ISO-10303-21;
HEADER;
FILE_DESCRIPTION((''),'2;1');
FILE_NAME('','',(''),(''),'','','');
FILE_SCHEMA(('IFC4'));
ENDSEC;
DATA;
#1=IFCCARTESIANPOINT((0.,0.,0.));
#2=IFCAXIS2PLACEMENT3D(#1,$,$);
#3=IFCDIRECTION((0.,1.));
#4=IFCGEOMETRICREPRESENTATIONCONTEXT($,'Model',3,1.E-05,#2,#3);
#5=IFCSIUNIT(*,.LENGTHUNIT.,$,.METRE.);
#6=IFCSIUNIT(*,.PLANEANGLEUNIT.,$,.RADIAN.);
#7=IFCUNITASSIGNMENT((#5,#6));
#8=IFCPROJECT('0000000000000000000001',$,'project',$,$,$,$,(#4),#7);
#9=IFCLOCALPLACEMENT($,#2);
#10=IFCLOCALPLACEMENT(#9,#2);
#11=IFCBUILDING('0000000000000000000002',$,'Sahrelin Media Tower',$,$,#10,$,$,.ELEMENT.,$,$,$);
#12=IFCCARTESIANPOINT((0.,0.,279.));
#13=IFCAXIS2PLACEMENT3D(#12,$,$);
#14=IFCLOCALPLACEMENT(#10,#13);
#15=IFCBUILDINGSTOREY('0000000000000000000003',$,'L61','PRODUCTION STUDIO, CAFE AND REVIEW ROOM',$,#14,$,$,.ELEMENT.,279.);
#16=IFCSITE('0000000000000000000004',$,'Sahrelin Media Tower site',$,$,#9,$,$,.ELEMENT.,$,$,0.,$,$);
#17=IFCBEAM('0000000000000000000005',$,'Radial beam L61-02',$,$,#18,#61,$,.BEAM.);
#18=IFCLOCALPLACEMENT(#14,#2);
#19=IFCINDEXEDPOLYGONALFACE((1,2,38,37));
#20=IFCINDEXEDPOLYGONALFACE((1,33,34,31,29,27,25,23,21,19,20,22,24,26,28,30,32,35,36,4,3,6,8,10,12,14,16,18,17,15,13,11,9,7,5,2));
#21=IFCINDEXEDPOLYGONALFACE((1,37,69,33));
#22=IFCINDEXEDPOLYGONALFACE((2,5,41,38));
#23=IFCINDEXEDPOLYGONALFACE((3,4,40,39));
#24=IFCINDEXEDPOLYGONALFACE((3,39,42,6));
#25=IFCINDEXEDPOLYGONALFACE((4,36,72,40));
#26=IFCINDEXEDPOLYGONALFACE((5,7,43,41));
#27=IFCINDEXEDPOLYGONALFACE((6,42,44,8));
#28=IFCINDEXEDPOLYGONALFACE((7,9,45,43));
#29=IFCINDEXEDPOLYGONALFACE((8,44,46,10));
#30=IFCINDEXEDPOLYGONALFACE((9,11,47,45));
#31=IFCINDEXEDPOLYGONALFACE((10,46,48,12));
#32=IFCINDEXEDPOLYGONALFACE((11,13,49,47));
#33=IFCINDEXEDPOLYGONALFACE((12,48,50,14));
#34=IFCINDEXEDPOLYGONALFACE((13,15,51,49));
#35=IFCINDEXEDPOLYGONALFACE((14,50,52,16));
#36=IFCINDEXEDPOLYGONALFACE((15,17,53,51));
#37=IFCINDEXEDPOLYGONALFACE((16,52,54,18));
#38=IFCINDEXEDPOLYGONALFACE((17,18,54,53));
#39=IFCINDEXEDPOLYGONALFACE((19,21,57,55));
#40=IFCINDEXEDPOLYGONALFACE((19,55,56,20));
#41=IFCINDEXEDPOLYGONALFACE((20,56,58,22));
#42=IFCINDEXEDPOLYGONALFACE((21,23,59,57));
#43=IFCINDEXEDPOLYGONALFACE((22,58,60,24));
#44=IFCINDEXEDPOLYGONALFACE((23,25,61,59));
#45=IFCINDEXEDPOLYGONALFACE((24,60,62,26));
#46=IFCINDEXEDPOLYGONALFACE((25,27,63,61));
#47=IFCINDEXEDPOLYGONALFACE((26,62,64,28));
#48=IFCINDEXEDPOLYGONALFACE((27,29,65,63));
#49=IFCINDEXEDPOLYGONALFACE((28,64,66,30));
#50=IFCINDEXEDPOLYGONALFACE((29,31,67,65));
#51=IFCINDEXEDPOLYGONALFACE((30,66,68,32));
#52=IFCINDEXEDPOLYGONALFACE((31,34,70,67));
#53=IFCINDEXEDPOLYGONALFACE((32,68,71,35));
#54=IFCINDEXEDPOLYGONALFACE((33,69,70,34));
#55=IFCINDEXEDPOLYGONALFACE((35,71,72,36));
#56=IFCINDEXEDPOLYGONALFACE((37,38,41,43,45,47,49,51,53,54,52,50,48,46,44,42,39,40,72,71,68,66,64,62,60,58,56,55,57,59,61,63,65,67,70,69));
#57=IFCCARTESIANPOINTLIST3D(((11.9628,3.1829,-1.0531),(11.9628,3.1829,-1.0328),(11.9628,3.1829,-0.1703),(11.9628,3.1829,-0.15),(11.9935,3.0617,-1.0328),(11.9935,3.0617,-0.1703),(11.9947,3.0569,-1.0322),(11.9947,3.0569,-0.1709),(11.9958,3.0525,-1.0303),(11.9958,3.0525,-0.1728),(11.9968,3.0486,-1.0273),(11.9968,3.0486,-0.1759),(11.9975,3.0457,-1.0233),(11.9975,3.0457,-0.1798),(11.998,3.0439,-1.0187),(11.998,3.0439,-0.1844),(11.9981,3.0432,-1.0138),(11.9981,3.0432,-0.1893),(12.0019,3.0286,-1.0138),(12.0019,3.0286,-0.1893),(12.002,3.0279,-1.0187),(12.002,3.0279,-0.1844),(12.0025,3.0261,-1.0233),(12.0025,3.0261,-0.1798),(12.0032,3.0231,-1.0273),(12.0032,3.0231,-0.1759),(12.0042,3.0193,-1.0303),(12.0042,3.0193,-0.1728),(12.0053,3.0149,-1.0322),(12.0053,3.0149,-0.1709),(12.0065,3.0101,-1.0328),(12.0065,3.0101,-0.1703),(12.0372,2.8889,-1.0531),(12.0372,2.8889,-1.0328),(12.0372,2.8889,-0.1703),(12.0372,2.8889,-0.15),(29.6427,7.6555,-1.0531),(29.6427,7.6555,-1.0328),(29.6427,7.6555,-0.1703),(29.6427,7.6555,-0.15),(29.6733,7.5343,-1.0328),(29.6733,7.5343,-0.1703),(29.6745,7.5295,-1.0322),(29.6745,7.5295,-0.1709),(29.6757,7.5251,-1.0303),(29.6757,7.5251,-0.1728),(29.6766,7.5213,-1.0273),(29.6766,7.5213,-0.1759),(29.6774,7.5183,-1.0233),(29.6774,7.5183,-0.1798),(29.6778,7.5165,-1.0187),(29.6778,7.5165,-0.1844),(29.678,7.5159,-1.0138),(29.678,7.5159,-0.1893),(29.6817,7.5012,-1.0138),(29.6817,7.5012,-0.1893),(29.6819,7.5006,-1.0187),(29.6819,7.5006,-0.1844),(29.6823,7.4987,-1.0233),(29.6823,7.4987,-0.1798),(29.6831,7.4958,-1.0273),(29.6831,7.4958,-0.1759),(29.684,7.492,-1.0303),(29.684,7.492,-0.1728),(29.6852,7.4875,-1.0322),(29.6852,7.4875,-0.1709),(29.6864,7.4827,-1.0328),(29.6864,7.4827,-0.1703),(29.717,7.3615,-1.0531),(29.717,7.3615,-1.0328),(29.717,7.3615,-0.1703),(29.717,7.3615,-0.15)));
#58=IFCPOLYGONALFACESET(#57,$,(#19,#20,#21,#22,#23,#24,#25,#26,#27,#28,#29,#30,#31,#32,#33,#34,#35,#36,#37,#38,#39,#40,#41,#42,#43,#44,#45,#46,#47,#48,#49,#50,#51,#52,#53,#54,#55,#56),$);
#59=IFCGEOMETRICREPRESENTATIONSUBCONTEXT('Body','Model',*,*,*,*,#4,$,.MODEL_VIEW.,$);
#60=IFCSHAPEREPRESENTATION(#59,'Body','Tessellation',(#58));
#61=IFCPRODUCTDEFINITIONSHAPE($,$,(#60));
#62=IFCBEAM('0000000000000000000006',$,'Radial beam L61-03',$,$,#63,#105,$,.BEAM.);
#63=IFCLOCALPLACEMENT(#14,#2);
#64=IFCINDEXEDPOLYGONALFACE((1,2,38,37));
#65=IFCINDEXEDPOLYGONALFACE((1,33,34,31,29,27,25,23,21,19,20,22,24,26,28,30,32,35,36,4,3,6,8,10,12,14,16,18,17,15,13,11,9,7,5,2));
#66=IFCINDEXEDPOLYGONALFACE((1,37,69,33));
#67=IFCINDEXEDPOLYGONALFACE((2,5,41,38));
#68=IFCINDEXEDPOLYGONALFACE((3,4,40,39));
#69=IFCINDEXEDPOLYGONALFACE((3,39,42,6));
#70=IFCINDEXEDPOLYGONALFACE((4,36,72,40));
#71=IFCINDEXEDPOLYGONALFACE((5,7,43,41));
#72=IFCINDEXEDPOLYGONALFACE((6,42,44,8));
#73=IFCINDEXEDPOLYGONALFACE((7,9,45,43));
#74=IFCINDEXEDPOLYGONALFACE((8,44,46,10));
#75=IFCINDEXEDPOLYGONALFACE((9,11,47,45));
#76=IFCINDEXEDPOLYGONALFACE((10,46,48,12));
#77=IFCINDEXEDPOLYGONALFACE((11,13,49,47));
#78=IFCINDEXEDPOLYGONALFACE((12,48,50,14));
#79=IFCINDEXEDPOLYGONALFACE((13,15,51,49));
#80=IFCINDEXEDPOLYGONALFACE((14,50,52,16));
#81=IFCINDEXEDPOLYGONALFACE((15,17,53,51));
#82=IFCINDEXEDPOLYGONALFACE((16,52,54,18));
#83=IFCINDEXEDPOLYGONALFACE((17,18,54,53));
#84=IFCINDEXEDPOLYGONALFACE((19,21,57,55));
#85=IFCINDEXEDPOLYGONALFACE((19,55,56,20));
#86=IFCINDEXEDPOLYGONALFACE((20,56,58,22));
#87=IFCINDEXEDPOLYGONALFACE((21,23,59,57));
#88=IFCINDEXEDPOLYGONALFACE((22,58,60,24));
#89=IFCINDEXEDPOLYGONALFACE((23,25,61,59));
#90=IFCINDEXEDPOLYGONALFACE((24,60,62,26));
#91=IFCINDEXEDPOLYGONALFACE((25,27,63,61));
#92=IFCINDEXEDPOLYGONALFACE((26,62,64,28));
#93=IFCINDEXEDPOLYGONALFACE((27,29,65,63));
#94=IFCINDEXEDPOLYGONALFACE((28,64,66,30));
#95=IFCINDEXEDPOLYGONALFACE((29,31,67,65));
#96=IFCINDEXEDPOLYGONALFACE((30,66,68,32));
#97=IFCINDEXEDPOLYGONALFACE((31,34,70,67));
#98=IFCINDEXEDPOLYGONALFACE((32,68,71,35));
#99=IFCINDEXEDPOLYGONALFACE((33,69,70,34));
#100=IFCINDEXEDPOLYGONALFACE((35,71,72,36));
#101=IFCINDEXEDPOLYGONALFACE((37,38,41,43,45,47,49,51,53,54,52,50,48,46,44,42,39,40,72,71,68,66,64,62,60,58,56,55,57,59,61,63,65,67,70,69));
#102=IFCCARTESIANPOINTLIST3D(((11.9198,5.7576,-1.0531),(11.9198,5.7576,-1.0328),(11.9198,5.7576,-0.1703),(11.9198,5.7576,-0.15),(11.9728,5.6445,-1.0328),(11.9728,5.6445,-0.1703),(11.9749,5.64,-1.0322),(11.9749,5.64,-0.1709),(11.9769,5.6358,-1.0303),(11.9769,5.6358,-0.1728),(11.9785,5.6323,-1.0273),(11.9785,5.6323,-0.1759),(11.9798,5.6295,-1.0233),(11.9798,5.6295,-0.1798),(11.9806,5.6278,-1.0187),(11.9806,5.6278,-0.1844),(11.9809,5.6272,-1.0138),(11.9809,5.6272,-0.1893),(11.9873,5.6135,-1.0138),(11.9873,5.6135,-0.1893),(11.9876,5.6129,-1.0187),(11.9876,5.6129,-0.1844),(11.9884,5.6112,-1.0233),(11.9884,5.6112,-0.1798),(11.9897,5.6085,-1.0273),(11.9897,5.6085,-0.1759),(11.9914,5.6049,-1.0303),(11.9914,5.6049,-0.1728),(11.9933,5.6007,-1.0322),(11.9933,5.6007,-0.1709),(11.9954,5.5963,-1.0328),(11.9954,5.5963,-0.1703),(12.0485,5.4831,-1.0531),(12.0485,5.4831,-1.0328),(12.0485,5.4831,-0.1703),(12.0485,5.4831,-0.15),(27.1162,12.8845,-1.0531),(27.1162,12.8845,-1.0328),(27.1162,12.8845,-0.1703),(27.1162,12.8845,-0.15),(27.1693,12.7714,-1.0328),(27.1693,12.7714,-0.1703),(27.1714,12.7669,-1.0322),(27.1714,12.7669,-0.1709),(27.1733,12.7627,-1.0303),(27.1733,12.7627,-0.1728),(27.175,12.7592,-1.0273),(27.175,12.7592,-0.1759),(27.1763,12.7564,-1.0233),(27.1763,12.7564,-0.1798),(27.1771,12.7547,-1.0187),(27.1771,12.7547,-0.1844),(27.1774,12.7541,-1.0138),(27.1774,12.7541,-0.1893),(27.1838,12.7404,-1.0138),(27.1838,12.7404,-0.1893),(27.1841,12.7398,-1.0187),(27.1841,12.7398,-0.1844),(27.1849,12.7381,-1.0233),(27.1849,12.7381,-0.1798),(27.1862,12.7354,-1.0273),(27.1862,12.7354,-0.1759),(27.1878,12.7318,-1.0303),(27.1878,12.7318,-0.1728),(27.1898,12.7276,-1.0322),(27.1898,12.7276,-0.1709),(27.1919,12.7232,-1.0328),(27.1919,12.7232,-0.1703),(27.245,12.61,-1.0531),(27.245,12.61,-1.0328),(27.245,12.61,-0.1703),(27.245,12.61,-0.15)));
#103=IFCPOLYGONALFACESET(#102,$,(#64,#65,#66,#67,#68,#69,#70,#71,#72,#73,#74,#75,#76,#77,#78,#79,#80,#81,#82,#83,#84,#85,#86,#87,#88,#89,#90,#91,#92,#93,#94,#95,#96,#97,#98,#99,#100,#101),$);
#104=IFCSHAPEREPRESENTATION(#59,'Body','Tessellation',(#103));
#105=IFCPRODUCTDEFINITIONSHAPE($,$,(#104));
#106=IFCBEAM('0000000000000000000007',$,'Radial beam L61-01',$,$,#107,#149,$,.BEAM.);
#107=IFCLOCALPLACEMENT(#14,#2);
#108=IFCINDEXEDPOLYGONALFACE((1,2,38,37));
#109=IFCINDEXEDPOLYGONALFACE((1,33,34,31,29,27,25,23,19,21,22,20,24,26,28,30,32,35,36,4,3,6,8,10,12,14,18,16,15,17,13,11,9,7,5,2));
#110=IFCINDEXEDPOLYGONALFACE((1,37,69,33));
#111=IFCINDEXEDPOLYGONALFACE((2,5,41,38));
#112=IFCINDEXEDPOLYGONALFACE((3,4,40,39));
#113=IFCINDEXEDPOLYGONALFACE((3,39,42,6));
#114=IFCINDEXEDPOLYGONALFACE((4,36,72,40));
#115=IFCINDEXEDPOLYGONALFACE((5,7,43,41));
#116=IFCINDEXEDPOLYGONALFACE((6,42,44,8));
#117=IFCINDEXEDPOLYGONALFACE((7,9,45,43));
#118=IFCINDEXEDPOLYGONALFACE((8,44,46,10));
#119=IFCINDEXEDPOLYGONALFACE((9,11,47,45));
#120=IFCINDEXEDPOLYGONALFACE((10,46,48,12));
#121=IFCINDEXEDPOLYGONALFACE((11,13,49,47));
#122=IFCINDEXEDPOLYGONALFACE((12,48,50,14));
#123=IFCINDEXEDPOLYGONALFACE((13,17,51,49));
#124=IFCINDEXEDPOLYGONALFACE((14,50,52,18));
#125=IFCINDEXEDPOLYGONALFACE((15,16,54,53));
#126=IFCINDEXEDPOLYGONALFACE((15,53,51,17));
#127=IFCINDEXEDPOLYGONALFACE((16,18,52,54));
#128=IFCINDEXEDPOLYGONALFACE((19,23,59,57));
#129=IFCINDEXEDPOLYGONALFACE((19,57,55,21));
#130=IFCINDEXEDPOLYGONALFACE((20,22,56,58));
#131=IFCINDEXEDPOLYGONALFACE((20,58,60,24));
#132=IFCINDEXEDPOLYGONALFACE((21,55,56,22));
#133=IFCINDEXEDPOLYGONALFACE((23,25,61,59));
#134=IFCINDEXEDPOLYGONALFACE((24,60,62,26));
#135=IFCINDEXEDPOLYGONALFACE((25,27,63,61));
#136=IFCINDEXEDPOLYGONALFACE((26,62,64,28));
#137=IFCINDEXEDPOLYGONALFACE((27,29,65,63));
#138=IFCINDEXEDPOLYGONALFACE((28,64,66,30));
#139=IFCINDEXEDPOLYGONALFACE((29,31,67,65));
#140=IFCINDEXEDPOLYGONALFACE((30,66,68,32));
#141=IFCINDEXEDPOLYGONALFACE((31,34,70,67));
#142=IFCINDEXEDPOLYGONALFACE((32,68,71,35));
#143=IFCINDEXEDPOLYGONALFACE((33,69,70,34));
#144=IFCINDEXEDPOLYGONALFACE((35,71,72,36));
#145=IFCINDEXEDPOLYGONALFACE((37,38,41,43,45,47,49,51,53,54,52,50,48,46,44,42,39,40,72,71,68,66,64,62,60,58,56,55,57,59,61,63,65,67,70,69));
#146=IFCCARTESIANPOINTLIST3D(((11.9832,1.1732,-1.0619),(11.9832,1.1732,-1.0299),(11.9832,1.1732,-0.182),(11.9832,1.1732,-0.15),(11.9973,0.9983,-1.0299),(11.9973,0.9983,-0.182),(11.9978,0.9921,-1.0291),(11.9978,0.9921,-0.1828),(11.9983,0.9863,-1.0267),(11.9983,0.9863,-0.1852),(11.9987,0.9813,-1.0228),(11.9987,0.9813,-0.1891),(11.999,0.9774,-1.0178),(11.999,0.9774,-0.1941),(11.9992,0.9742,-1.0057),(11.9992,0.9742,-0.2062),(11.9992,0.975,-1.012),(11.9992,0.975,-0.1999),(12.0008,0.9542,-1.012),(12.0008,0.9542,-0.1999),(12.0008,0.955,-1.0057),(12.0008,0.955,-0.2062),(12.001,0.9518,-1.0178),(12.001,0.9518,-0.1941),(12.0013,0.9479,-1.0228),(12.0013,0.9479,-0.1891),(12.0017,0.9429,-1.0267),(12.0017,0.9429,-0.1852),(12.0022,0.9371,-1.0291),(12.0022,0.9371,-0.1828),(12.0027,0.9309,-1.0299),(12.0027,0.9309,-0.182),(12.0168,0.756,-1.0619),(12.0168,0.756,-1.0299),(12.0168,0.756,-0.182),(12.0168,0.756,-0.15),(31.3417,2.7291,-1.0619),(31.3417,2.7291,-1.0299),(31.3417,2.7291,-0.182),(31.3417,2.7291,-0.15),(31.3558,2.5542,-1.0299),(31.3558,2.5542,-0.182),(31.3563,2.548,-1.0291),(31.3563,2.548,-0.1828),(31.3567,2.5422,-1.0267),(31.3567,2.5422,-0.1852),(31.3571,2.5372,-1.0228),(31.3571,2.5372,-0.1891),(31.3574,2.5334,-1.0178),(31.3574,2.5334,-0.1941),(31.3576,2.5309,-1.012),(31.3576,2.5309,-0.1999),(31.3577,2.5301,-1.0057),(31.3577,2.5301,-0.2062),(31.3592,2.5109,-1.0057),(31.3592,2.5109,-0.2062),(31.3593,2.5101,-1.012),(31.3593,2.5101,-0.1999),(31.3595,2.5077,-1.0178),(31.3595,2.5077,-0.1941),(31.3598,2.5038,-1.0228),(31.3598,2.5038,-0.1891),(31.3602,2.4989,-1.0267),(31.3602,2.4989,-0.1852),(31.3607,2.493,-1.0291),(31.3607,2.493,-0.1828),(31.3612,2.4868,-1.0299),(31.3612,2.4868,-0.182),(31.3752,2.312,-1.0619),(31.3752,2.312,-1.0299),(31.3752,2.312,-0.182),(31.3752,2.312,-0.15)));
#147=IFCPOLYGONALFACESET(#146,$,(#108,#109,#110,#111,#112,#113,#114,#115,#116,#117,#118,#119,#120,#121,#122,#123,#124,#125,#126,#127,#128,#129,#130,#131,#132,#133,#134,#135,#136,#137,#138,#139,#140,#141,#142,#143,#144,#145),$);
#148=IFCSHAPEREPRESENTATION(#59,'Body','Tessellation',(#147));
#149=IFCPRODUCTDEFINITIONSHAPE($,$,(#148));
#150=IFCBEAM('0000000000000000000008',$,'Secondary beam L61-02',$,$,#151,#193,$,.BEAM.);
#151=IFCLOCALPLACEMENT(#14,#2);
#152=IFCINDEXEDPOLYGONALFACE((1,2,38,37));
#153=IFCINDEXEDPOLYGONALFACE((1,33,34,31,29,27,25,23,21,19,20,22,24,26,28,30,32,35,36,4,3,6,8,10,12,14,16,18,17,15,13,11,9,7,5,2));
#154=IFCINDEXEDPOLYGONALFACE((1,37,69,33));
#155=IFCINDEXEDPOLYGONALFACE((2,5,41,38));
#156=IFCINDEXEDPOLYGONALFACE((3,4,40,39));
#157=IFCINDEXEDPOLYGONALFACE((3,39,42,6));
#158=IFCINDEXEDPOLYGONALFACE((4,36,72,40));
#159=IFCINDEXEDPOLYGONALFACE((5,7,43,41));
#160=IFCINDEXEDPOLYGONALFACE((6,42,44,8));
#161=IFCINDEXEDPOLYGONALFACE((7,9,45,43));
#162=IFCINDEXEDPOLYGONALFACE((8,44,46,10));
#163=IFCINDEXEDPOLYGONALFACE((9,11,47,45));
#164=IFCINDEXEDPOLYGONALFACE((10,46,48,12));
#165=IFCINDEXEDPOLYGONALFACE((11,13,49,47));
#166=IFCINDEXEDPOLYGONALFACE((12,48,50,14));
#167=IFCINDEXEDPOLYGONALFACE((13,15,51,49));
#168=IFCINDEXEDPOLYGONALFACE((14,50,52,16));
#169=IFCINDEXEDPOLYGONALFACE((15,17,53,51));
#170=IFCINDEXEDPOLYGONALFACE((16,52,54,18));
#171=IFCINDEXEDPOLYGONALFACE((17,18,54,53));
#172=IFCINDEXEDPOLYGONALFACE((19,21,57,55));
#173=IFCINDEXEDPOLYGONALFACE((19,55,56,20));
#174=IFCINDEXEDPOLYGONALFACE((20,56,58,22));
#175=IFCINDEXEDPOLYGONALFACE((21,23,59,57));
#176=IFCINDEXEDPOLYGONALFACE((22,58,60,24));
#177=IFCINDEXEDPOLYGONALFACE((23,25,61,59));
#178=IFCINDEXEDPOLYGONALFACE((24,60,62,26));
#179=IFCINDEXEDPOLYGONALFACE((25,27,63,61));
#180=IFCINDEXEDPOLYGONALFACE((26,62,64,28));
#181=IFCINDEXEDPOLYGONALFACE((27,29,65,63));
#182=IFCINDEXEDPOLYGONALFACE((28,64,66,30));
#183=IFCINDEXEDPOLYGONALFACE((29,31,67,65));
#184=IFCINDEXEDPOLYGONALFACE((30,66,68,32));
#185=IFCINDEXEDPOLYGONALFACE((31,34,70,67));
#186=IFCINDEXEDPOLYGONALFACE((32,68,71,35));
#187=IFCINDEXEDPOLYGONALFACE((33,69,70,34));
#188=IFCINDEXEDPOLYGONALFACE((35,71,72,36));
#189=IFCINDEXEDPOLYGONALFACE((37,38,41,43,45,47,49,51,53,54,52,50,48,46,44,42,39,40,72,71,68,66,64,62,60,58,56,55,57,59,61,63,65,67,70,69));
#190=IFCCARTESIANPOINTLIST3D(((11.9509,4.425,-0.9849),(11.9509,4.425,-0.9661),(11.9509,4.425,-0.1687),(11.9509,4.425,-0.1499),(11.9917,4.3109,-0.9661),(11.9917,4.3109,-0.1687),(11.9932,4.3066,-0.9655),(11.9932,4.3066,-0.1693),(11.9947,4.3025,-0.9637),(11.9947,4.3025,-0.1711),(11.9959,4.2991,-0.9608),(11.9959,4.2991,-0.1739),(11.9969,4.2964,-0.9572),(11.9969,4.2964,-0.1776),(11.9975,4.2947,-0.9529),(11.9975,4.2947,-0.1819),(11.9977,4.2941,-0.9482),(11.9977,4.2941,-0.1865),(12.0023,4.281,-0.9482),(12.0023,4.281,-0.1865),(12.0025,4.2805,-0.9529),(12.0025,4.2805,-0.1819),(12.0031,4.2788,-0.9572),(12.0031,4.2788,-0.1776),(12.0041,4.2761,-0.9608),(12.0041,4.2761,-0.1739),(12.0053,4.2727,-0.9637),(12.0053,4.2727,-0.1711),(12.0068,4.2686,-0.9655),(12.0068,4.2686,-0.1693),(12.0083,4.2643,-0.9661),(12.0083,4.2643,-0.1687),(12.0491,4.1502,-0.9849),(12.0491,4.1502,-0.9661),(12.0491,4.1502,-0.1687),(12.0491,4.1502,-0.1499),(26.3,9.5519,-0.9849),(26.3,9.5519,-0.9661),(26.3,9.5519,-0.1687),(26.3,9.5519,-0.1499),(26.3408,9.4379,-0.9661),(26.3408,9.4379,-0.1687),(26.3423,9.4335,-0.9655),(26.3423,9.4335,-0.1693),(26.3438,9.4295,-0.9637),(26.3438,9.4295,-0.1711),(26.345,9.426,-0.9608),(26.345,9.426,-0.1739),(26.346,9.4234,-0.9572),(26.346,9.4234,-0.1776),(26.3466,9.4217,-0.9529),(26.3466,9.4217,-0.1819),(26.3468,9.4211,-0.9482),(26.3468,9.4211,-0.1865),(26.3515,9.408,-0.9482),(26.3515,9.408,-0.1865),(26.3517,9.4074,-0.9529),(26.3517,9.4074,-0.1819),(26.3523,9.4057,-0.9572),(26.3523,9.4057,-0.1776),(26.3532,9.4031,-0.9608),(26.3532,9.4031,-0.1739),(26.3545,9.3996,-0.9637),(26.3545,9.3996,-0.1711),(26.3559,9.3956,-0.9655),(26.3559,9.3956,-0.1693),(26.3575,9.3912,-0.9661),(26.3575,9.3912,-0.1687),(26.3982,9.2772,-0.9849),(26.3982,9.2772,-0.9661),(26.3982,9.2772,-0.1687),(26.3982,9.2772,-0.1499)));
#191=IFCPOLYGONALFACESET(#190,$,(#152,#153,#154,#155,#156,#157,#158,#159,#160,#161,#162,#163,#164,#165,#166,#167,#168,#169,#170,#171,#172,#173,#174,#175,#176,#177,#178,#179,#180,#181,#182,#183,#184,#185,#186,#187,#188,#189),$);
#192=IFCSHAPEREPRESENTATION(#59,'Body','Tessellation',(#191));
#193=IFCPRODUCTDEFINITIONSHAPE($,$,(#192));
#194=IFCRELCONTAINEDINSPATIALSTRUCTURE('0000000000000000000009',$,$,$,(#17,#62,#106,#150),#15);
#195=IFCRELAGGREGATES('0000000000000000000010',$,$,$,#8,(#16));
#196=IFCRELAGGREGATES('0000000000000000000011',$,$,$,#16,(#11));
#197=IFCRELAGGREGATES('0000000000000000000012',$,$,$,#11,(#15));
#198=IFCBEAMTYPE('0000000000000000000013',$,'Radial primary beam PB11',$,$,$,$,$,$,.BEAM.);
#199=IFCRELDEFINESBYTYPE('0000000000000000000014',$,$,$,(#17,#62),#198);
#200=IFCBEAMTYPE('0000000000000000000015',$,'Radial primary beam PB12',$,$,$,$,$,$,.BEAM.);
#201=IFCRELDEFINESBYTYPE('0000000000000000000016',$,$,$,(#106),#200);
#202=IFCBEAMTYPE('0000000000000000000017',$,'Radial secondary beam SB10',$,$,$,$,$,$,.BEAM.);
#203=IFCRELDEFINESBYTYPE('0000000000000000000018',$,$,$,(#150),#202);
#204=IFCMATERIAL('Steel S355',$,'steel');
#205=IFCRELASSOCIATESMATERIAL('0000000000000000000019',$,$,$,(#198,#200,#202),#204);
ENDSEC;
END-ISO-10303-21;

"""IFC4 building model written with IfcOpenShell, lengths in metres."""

from ifc_helpers import new_model, si_unit, direction, frame, origin, origin_2d, place, context, subcontext, project, spatial, i_section, extrude, material, material_profile, profile_set, type_object, element, save


model = new_model("IFC4")

# Units and contexts
model_context = context("Model", 3, precision=1e-05, world=origin(), true_north=direction((0.0, 1.0)))
body_context = subcontext(model_context, "Body", "Model", "MODEL_VIEW")
ifc_project = project(units=[si_unit("LENGTHUNIT", "METRE"), si_unit("PLANEANGLEUNIT", "RADIAN")], contexts=[model_context])

# Site, building, storey
site_placement = place(None, origin())
site = spatial("IfcSite", under=ifc_project, at=site_placement, Name="Sahrelin Media Tower site", CompositionType="ELEMENT", RefElevation=0.0)
building_placement = place(site_placement, origin())
building = spatial("IfcBuilding", under=site, at=building_placement, Name="Sahrelin Media Tower", CompositionType="ELEMENT")
storey_placement = place(building_placement, frame((0.0, 0.0, 279.0)))
storey = spatial("IfcBuildingStorey", under=building, at=storey_placement, Name="L61", Description="PRODUCTION STUDIO, CAFE AND REVIEW ROOM", CompositionType="ELEMENT", Elevation=279.0)

# Beams
ifc_material_1 = material(Name="Steel S355", Category="steel")
ifc_material_profile_1 = material_profile(ifc_material_1, i_section(OverallWidth=0.3032, OverallDepth=0.9031, WebThickness=0.0151, FlangeThickness=0.0203, FilletRadius=0.019, at=origin_2d()), Name="UB 914x305x201")
ifc_profile_set_1 = profile_set([ifc_material_profile_1], Name="Steel S355")
beam_type_1 = type_object("IfcBeamType", Name="Radial primary beam PB11", PredefinedType="BEAM", material=ifc_profile_set_1)
beam_1_placement = place(storey_placement, frame((12.0, 3.0359, -0.6016), z_axis=(0.969459, 0.245253, 0.0), x_axis=(-0.245253, 0.969459, 0.0)))
element("IfcBeam", 1, at=beam_1_placement, inside=storey, type_object=beam_type_1, Name="Radial beam L61-02", PredefinedType="BEAM", context=body_context, shape_type="SweptSolid", body=[
    extrude(i_section(OverallWidth=0.3032, OverallDepth=0.9031, WebThickness=0.0151, FlangeThickness=0.0203, FilletRadius=0.019, at=origin_2d()), origin(), (0.0, 0.0, 1.0), 18.2368),
])
beam_2_placement = place(storey_placement, frame((11.9841, 5.6204, -0.6016), z_axis=(0.905377, 0.424609, 0.0), x_axis=(-0.424609, 0.905377, 0.0)))
element("IfcBeam", 2, at=beam_2_placement, inside=storey, type_object=beam_type_1, Name="Radial beam L61-03", PredefinedType="BEAM", context=body_context, shape_type="SweptSolid", body=[
    extrude(i_section(OverallWidth=0.3032, OverallDepth=0.9031, WebThickness=0.0151, FlangeThickness=0.0203, FilletRadius=0.019, at=origin_2d()), origin(), (0.0, 0.0, 1.0), 16.7847),
])
ifc_material_profile_2 = material_profile(ifc_material_1, i_section(OverallWidth=0.4185, OverallDepth=0.9119, WebThickness=0.0193, FlangeThickness=0.032, FilletRadius=0.0242, at=origin_2d()), Name="UB 914x419x343")
ifc_profile_set_2 = profile_set([ifc_material_profile_2], Name="Steel S355")
beam_type_2 = type_object("IfcBeamType", Name="Radial primary beam PB12", PredefinedType="BEAM", material=ifc_profile_set_2)
beam_3_placement = place(storey_placement, frame((12.0, 0.9646, -0.606), z_axis=(0.996786, 0.080115, 0.0), x_axis=(-0.080115, 0.996786, 0.0)))
element("IfcBeam", 3, at=beam_3_placement, inside=storey, type_object=beam_type_2, Name="Radial beam L61-01", PredefinedType="BEAM", context=body_context, shape_type="SweptSolid", body=[
    extrude(i_section(OverallWidth=0.4185, OverallDepth=0.9119, WebThickness=0.0193, FlangeThickness=0.032, FilletRadius=0.0242, at=origin_2d()), origin(), (0.0, 0.0, 1.0), 19.4209),
])
ifc_material_profile_3 = material_profile(ifc_material_1, i_section(OverallWidth=0.2917, OverallDepth=0.835, WebThickness=0.0139, FlangeThickness=0.0188, FilletRadius=0.0178, at=origin_2d()), Name="UB 838x292x176")
ifc_profile_set_3 = profile_set([ifc_material_profile_3], Name="Steel S355")
beam_type_3 = type_object("IfcBeamType", Name="Radial secondary beam SB10", PredefinedType="BEAM", material=ifc_profile_set_3)
beam_4_placement = place(storey_placement, frame((12.0, 4.2876, -0.5674), z_axis=(0.941695, 0.336468, 0.0), x_axis=(-0.336468, 0.941695, 0.0)))
element("IfcBeam", 4, at=beam_4_placement, inside=storey, type_object=beam_type_3, Name="Secondary beam L61-02", PredefinedType="BEAM", context=body_context, shape_type="SweptSolid", body=[
    extrude(i_section(OverallWidth=0.2917, OverallDepth=0.835, WebThickness=0.0139, FlangeThickness=0.0188, FilletRadius=0.0178, at=origin_2d()), origin(), (0.0, 0.0, 1.0), 15.2375),
])

save(model, "model.ifc")
